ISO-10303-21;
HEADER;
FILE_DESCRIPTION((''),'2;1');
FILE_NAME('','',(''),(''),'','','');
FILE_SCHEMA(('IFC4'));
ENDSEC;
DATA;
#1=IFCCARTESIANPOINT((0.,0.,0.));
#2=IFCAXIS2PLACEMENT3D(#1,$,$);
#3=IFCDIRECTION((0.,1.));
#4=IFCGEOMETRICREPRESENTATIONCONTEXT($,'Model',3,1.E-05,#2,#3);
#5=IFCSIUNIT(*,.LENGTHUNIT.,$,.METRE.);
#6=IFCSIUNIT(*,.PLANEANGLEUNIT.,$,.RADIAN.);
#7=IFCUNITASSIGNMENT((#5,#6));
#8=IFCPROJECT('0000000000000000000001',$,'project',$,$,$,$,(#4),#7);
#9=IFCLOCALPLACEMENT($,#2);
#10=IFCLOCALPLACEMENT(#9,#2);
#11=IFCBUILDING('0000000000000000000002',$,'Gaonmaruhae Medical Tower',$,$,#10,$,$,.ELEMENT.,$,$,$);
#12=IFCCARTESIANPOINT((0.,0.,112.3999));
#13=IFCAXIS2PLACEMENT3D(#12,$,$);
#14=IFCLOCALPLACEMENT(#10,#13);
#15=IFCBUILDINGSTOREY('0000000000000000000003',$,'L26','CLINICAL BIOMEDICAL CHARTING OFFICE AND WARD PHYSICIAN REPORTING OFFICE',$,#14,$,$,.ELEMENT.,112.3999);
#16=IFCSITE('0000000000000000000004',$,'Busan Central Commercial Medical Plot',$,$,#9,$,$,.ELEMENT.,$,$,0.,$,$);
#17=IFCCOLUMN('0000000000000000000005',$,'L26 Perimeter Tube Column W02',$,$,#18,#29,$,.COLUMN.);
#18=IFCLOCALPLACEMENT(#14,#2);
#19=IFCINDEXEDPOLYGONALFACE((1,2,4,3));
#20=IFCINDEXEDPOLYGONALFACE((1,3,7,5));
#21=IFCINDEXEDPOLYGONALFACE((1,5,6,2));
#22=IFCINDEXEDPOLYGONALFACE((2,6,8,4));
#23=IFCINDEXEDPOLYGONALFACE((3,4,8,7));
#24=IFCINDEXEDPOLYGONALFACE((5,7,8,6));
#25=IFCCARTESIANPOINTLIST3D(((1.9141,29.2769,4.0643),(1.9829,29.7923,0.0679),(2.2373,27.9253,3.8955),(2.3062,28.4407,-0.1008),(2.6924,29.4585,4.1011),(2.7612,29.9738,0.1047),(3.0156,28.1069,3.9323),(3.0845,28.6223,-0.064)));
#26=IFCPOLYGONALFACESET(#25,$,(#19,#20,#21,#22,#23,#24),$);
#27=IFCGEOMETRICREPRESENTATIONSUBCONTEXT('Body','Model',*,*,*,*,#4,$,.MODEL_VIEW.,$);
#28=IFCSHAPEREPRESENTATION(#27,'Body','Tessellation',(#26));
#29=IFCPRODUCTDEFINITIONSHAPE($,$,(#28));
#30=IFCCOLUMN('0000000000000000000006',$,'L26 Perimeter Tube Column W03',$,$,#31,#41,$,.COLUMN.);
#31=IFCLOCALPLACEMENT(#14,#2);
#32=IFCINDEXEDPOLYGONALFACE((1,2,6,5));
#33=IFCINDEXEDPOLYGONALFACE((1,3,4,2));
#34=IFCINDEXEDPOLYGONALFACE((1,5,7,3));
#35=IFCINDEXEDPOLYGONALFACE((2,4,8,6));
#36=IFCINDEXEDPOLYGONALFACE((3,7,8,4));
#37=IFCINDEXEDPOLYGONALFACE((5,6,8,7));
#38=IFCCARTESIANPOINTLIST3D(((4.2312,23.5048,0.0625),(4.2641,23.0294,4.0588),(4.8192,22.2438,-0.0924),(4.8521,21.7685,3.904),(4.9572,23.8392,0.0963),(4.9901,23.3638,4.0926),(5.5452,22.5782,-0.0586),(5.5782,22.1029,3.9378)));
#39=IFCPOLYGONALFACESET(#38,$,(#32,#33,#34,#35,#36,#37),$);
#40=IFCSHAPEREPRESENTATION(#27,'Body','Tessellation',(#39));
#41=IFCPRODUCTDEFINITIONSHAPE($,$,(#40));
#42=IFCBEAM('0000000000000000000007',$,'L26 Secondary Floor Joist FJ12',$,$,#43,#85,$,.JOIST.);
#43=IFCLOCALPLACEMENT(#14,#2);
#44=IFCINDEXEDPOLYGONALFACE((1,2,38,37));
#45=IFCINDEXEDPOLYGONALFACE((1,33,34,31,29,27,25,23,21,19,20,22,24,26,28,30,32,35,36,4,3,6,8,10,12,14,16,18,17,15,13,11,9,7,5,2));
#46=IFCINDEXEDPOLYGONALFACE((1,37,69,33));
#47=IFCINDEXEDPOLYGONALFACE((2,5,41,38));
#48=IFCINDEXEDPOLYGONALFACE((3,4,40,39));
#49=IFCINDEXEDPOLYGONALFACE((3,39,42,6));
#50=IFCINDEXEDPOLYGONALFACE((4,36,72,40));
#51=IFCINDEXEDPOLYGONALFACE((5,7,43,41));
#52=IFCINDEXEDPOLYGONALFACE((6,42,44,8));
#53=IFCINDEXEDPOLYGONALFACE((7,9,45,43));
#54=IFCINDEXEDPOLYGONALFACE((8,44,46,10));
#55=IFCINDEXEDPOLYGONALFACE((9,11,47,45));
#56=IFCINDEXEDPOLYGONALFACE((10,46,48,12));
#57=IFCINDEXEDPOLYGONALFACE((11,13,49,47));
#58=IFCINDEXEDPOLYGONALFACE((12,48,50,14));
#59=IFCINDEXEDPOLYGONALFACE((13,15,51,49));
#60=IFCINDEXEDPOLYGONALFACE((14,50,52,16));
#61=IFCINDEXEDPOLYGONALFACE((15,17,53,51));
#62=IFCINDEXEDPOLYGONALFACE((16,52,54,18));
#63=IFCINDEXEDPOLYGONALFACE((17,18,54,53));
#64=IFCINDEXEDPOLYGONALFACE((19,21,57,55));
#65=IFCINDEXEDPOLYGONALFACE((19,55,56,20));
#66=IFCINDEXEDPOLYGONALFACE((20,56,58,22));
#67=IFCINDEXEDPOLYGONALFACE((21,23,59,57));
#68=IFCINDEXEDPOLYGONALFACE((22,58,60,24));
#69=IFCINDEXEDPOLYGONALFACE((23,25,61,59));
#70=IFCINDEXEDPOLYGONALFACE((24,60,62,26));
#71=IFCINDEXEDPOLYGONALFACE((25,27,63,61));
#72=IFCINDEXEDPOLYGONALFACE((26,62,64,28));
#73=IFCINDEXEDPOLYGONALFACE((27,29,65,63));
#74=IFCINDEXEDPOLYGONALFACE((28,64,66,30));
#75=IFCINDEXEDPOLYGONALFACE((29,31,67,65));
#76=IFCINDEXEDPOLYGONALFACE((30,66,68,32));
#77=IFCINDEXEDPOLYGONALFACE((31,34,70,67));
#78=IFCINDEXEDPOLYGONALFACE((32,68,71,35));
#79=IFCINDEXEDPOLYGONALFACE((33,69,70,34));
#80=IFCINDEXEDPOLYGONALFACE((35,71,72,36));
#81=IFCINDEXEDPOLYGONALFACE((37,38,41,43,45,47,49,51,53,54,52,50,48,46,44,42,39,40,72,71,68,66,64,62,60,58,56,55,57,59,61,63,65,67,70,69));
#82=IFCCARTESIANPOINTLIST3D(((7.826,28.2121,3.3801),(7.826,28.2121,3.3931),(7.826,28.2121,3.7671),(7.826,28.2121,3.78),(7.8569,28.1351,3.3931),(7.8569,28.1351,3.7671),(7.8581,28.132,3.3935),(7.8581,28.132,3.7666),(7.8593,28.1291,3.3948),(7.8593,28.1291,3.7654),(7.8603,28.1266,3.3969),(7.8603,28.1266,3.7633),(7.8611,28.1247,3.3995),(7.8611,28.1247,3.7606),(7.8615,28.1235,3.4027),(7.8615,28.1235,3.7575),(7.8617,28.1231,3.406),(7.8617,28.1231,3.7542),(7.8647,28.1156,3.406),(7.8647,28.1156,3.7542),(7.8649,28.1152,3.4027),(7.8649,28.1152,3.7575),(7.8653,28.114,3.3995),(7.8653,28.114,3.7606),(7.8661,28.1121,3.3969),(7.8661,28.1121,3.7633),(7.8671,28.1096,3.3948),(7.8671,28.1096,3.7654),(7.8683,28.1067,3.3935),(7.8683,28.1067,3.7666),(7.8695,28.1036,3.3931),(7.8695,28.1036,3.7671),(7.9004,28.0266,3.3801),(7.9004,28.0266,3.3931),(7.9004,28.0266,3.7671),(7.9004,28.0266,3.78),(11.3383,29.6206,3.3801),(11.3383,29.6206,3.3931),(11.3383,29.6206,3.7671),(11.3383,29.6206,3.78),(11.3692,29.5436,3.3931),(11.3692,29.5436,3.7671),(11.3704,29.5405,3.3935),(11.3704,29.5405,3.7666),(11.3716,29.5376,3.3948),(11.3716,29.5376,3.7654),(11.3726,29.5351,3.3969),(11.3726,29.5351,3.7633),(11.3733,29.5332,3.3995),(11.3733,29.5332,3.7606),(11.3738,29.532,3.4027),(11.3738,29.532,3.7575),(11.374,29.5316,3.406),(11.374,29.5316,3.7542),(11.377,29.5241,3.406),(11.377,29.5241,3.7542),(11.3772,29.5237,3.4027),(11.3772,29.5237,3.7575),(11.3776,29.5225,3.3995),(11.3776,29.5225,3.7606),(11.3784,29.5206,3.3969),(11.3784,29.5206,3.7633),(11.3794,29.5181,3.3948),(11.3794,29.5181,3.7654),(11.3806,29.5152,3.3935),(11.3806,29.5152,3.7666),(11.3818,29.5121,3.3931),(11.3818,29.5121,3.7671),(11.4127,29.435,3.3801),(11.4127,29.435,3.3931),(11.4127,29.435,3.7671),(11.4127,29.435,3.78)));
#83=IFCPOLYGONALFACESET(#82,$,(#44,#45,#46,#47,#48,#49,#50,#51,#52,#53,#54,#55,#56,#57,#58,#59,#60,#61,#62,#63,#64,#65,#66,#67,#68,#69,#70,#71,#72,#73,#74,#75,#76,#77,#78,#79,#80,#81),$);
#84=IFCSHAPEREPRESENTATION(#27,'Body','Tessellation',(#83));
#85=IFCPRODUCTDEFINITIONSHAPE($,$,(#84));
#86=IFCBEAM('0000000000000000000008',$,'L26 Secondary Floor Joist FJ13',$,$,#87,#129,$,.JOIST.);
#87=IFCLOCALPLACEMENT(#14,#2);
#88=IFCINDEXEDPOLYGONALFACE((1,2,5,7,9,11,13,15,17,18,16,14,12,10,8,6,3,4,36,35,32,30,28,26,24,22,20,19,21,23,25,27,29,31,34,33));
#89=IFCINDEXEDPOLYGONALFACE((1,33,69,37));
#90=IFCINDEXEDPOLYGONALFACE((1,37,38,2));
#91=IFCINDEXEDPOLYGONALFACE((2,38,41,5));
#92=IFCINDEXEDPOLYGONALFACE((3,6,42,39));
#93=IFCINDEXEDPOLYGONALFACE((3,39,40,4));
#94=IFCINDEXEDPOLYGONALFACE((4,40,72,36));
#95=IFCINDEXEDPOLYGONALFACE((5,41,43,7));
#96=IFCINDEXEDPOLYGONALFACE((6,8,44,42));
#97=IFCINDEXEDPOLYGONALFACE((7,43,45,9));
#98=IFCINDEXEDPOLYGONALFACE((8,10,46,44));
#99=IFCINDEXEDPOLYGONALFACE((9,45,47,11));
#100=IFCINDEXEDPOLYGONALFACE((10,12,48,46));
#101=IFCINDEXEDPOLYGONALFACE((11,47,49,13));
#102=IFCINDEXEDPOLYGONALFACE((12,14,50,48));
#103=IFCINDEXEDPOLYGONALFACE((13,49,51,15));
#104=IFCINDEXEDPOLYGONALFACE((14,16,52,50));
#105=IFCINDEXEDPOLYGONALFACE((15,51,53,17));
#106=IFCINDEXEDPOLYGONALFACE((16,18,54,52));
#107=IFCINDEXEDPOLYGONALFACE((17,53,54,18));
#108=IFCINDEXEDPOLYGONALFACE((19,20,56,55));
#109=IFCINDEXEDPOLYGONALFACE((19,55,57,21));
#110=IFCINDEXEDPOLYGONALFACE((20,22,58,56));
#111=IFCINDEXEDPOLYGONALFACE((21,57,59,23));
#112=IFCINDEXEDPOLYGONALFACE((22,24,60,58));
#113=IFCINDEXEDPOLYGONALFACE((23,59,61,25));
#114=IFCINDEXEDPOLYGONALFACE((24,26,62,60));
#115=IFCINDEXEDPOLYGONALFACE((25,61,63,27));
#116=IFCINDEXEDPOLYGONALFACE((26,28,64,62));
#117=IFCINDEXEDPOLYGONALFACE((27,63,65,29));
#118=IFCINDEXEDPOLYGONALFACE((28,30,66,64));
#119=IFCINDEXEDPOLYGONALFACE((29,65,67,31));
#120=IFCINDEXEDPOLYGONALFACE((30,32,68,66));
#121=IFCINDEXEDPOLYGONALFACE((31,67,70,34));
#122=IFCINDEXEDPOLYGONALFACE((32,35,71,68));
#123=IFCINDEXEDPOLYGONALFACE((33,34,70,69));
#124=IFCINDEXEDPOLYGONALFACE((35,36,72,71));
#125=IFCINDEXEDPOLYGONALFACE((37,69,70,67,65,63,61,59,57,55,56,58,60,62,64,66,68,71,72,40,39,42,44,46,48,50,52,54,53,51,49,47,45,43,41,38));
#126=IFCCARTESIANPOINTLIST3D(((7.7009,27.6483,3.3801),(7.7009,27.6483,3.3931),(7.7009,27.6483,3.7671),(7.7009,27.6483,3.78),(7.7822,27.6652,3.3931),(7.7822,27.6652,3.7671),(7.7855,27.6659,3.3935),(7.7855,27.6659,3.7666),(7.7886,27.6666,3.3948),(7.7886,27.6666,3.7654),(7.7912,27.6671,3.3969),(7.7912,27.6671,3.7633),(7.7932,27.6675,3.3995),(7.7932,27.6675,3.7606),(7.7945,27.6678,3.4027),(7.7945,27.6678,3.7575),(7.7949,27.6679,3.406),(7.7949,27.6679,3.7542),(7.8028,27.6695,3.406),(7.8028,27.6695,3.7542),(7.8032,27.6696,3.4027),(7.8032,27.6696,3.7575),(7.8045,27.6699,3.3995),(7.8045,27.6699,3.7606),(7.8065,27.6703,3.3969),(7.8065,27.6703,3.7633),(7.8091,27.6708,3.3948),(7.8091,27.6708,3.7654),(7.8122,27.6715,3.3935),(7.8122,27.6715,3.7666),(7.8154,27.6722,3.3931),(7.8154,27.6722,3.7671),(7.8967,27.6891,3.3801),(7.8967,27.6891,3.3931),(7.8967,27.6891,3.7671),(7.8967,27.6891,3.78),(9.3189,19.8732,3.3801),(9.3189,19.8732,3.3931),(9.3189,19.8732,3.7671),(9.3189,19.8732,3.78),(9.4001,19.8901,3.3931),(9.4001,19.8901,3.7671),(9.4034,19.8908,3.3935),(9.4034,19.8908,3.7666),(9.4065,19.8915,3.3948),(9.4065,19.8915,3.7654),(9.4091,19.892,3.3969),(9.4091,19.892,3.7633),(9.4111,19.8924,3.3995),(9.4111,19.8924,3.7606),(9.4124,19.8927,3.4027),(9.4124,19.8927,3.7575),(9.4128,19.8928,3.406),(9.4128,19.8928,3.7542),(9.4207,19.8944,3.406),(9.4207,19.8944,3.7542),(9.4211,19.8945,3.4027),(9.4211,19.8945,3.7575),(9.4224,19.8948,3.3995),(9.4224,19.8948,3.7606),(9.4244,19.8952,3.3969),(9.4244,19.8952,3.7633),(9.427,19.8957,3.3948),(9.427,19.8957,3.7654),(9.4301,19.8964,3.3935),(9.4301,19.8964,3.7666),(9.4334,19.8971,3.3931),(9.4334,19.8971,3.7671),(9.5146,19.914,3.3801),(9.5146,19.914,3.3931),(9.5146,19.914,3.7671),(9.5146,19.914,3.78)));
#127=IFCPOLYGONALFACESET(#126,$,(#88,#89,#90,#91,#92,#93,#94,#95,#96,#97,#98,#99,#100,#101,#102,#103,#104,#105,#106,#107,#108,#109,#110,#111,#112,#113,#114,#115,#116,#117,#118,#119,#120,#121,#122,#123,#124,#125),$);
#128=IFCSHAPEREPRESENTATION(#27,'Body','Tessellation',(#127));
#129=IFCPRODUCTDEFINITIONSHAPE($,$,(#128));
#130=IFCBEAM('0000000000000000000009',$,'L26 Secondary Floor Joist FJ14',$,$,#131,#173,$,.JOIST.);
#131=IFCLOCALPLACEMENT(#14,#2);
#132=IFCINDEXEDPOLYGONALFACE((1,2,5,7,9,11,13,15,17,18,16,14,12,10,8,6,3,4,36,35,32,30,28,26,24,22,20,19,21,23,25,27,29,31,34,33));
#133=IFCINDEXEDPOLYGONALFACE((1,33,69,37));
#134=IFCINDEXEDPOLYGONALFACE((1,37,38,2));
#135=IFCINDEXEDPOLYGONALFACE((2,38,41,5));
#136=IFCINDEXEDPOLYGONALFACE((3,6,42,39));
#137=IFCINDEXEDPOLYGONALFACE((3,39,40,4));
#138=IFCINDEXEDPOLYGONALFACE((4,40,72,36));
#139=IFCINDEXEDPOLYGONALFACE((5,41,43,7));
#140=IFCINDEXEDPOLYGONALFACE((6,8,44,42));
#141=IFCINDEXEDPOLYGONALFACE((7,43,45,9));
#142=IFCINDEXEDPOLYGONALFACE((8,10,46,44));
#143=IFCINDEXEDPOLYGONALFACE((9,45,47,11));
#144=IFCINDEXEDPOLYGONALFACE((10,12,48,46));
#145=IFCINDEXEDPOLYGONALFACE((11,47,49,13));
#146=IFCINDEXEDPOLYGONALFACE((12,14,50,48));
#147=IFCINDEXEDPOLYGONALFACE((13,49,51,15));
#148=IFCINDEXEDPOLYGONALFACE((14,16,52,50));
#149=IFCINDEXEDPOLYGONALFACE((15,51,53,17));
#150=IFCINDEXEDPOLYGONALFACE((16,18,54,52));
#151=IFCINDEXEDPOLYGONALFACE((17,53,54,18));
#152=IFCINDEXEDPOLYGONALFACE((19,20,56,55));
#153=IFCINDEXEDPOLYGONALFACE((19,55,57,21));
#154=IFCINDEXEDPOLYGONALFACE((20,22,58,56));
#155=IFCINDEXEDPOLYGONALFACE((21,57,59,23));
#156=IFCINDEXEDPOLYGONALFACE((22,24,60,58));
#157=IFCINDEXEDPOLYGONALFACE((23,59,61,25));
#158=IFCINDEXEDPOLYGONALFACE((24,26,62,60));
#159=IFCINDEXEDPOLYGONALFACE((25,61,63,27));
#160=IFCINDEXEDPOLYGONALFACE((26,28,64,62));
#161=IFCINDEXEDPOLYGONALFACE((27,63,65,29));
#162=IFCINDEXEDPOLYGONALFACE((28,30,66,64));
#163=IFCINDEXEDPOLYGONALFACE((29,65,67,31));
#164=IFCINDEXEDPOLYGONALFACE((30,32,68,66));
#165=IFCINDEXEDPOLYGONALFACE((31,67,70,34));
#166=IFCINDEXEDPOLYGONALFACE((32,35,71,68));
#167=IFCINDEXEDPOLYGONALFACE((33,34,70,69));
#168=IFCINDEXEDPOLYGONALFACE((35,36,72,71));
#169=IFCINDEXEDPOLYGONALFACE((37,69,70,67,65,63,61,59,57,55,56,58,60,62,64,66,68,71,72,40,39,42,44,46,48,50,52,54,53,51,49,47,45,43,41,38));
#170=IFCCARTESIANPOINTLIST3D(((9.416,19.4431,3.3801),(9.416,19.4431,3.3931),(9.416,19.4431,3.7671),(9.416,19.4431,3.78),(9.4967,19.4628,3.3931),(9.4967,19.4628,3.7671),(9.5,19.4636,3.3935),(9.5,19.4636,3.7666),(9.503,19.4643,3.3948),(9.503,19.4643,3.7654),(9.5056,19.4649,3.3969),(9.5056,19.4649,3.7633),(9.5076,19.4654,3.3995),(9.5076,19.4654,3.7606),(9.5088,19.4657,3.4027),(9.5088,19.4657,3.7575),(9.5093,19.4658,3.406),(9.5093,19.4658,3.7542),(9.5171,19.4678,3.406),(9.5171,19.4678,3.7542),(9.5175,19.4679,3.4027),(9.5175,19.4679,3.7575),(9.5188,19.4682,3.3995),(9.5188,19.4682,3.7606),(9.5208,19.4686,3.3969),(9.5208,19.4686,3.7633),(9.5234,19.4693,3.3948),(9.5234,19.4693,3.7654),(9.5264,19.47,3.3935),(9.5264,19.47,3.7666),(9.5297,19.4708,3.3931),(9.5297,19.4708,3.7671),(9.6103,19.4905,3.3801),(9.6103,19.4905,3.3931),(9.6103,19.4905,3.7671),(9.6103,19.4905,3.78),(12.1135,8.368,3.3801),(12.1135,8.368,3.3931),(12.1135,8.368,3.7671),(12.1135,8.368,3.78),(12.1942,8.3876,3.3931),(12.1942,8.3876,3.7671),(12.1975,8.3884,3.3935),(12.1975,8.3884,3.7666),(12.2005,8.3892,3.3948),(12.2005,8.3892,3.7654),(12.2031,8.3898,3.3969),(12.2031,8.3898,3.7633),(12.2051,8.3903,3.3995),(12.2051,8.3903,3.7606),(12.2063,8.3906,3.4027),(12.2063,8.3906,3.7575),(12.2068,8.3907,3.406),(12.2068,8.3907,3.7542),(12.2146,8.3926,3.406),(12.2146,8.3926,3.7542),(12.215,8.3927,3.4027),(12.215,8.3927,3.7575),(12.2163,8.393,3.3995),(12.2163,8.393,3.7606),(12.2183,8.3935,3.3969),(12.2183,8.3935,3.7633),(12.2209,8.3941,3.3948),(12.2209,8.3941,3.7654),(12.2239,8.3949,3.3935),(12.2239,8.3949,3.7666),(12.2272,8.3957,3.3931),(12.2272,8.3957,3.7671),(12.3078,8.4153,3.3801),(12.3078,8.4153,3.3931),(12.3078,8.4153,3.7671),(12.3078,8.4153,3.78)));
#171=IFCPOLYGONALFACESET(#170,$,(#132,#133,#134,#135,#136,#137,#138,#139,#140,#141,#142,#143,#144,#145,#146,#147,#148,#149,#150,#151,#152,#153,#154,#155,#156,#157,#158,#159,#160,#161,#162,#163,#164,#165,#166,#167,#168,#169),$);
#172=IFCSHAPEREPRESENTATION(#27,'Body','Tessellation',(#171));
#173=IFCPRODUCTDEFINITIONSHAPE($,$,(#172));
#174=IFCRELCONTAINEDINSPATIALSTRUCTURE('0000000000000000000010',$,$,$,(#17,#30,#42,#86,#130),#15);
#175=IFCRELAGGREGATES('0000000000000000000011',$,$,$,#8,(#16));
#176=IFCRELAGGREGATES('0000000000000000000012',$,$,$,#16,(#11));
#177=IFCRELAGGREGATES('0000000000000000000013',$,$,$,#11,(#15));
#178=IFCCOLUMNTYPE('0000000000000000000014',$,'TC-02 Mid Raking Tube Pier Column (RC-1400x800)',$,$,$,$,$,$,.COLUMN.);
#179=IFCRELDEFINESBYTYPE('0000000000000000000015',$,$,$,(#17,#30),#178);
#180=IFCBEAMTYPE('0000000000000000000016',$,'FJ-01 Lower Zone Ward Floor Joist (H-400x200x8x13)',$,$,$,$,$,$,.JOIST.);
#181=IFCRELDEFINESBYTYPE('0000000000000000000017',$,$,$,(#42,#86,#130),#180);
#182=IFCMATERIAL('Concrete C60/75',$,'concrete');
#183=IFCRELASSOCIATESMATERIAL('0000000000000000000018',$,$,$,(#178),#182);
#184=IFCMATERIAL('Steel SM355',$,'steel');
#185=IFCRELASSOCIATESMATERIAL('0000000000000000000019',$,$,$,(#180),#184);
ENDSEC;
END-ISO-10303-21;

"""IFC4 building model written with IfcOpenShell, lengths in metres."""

from ifc_helpers import new_model, si_unit, direction, frame, origin, origin_2d, place, context, subcontext, project, spatial, rectangle, i_section, extrude, material, material_profile, profile_set, type_object, element, save


model = new_model("IFC4")

# Units and contexts
model_context = context("Model", 3, precision=1e-05, world=origin(), true_north=direction((0.0, 1.0)))
body_context = subcontext(model_context, "Body", "Model", "MODEL_VIEW")
ifc_project = project(units=[si_unit("LENGTHUNIT", "METRE"), si_unit("PLANEANGLEUNIT", "RADIAN")], contexts=[model_context])

# Site, building, storey
site_placement = place(None, origin())
site = spatial("IfcSite", under=ifc_project, at=site_placement, Name="Busan Central Commercial Medical Plot", CompositionType="ELEMENT", RefElevation=0.0)
building_placement = place(site_placement, origin())
building = spatial("IfcBuilding", under=site, at=building_placement, Name="Gaonmaruhae Medical Tower", CompositionType="ELEMENT")
storey_placement = place(building_placement, frame((0.0, 0.0, 112.3999)))
storey = spatial("IfcBuildingStorey", under=building, at=storey_placement, Name="L26", Description="CLINICAL BIOMEDICAL CHARTING OFFICE AND WARD PHYSICIAN REPORTING OFFICE", CompositionType="ELEMENT", Elevation=112.3999)

# Columns
ifc_material_1 = material(Name="Concrete C60/75", Category="concrete")
ifc_material_profile_1 = material_profile(ifc_material_1, rectangle(XDim=1.3999, YDim=0.8, at=origin_2d()), Name="RC-1400x800")
ifc_profile_set_1 = profile_set([ifc_material_profile_1], Name="Concrete C60/75")
column_type = type_object("IfcColumnType", Name="TC-02 Mid Raking Tube Pier Column (RC-1400x800)", PredefinedType="COLUMN", material=ifc_profile_set_1)
column_1_placement = place(storey_placement, frame((2.5337, 29.2073, 0.002), z_axis=(-0.017084, -0.127885, 0.991642), x_axis=(-0.230933, 0.965475, 0.120532)))
element("IfcColumn", 1, at=column_1_placement, inside=storey, type_object=column_type, Name="L26 Perimeter Tube Column W02", PredefinedType="COLUMN", context=body_context, shape_type="SweptSolid", body=[
    extrude(rectangle(XDim=1.3999, YDim=0.8, at=origin_2d()), origin(), (0.0, 0.0, 1.0), 4.03),
])
column_2_placement = place(storey_placement, frame((4.8882, 23.0415, 0.002), z_axis=(0.008189, -0.118108, 0.992967), x_axis=(-0.420049, 0.900736, 0.110602)))
element("IfcColumn", 2, at=column_2_placement, inside=storey, type_object=column_type, Name="L26 Perimeter Tube Column W03", PredefinedType="COLUMN", context=body_context, shape_type="SweptSolid", body=[
    extrude(rectangle(XDim=1.3999, YDim=0.8, at=origin_2d()), origin(), (0.0, 0.0, 1.0), 4.0247),
])

# Beams
ifc_material_2 = material(Name="Steel SM355", Category="steel")
ifc_material_profile_2 = material_profile(ifc_material_2, i_section(OverallWidth=0.2, OverallDepth=0.3999, WebThickness=0.0081, FlangeThickness=0.0129, FilletRadius=0.0129, at=origin_2d()), Name="H-400x200x8x13")
ifc_profile_set_2 = profile_set([ifc_material_profile_2], Name="Steel SM355")
beam_type_1 = type_object("IfcBeamType", Name="FJ-01 Lower Zone Ward Floor Joist (H-400x200x8x13)", PredefinedType="JOIST", material=ifc_profile_set_2)
beam_1_placement = place(storey_placement, frame((11.3755, 29.5278, 3.5801), z_axis=(-0.928152, -0.372203, 0.0), x_axis=(0.372203, -0.928152, 0.0)))
element("IfcBeam", 3, at=beam_1_placement, inside=storey, type_object=beam_type_1, Name="L26 Secondary Floor Joist FJ12", PredefinedType="JOIST", context=body_context, shape_type="SweptSolid", body=[
    extrude(i_section(OverallWidth=0.2, OverallDepth=0.3999, WebThickness=0.0081, FlangeThickness=0.0129, FilletRadius=0.0129, at=origin_2d()), origin(), (0.0, 0.0, 1.0), 3.7842),
])
beam_2_placement = place(storey_placement, frame((7.7988, 27.6687, 3.5801), z_axis=(0.203725, -0.979028, 0.0), x_axis=(0.979028, 0.203725, 0.0)))
element("IfcBeam", 4, at=beam_2_placement, inside=storey, type_object=beam_type_1, Name="L26 Secondary Floor Joist FJ13", PredefinedType="JOIST", context=body_context, shape_type="SweptSolid", body=[
    extrude(i_section(OverallWidth=0.2, OverallDepth=0.3999, WebThickness=0.0081, FlangeThickness=0.0129, FilletRadius=0.0129, at=origin_2d()), origin(), (0.0, 0.0, 1.0), 7.9417),
])
beam_3_placement = place(storey_placement, frame((9.5132, 19.4668, 3.5801), z_axis=(0.236645, -0.971596, 0.0), x_axis=(0.971596, 0.236645, 0.0)))
element("IfcBeam", 5, at=beam_3_placement, inside=storey, type_object=beam_type_1, Name="L26 Secondary Floor Joist FJ14", PredefinedType="JOIST", context=body_context, shape_type="SweptSolid", body=[
    extrude(i_section(OverallWidth=0.2, OverallDepth=0.3999, WebThickness=0.0081, FlangeThickness=0.0129, FilletRadius=0.0129, at=origin_2d()), origin(), (0.0, 0.0, 1.0), 11.3989),
])

save(model, "model.ifc")
